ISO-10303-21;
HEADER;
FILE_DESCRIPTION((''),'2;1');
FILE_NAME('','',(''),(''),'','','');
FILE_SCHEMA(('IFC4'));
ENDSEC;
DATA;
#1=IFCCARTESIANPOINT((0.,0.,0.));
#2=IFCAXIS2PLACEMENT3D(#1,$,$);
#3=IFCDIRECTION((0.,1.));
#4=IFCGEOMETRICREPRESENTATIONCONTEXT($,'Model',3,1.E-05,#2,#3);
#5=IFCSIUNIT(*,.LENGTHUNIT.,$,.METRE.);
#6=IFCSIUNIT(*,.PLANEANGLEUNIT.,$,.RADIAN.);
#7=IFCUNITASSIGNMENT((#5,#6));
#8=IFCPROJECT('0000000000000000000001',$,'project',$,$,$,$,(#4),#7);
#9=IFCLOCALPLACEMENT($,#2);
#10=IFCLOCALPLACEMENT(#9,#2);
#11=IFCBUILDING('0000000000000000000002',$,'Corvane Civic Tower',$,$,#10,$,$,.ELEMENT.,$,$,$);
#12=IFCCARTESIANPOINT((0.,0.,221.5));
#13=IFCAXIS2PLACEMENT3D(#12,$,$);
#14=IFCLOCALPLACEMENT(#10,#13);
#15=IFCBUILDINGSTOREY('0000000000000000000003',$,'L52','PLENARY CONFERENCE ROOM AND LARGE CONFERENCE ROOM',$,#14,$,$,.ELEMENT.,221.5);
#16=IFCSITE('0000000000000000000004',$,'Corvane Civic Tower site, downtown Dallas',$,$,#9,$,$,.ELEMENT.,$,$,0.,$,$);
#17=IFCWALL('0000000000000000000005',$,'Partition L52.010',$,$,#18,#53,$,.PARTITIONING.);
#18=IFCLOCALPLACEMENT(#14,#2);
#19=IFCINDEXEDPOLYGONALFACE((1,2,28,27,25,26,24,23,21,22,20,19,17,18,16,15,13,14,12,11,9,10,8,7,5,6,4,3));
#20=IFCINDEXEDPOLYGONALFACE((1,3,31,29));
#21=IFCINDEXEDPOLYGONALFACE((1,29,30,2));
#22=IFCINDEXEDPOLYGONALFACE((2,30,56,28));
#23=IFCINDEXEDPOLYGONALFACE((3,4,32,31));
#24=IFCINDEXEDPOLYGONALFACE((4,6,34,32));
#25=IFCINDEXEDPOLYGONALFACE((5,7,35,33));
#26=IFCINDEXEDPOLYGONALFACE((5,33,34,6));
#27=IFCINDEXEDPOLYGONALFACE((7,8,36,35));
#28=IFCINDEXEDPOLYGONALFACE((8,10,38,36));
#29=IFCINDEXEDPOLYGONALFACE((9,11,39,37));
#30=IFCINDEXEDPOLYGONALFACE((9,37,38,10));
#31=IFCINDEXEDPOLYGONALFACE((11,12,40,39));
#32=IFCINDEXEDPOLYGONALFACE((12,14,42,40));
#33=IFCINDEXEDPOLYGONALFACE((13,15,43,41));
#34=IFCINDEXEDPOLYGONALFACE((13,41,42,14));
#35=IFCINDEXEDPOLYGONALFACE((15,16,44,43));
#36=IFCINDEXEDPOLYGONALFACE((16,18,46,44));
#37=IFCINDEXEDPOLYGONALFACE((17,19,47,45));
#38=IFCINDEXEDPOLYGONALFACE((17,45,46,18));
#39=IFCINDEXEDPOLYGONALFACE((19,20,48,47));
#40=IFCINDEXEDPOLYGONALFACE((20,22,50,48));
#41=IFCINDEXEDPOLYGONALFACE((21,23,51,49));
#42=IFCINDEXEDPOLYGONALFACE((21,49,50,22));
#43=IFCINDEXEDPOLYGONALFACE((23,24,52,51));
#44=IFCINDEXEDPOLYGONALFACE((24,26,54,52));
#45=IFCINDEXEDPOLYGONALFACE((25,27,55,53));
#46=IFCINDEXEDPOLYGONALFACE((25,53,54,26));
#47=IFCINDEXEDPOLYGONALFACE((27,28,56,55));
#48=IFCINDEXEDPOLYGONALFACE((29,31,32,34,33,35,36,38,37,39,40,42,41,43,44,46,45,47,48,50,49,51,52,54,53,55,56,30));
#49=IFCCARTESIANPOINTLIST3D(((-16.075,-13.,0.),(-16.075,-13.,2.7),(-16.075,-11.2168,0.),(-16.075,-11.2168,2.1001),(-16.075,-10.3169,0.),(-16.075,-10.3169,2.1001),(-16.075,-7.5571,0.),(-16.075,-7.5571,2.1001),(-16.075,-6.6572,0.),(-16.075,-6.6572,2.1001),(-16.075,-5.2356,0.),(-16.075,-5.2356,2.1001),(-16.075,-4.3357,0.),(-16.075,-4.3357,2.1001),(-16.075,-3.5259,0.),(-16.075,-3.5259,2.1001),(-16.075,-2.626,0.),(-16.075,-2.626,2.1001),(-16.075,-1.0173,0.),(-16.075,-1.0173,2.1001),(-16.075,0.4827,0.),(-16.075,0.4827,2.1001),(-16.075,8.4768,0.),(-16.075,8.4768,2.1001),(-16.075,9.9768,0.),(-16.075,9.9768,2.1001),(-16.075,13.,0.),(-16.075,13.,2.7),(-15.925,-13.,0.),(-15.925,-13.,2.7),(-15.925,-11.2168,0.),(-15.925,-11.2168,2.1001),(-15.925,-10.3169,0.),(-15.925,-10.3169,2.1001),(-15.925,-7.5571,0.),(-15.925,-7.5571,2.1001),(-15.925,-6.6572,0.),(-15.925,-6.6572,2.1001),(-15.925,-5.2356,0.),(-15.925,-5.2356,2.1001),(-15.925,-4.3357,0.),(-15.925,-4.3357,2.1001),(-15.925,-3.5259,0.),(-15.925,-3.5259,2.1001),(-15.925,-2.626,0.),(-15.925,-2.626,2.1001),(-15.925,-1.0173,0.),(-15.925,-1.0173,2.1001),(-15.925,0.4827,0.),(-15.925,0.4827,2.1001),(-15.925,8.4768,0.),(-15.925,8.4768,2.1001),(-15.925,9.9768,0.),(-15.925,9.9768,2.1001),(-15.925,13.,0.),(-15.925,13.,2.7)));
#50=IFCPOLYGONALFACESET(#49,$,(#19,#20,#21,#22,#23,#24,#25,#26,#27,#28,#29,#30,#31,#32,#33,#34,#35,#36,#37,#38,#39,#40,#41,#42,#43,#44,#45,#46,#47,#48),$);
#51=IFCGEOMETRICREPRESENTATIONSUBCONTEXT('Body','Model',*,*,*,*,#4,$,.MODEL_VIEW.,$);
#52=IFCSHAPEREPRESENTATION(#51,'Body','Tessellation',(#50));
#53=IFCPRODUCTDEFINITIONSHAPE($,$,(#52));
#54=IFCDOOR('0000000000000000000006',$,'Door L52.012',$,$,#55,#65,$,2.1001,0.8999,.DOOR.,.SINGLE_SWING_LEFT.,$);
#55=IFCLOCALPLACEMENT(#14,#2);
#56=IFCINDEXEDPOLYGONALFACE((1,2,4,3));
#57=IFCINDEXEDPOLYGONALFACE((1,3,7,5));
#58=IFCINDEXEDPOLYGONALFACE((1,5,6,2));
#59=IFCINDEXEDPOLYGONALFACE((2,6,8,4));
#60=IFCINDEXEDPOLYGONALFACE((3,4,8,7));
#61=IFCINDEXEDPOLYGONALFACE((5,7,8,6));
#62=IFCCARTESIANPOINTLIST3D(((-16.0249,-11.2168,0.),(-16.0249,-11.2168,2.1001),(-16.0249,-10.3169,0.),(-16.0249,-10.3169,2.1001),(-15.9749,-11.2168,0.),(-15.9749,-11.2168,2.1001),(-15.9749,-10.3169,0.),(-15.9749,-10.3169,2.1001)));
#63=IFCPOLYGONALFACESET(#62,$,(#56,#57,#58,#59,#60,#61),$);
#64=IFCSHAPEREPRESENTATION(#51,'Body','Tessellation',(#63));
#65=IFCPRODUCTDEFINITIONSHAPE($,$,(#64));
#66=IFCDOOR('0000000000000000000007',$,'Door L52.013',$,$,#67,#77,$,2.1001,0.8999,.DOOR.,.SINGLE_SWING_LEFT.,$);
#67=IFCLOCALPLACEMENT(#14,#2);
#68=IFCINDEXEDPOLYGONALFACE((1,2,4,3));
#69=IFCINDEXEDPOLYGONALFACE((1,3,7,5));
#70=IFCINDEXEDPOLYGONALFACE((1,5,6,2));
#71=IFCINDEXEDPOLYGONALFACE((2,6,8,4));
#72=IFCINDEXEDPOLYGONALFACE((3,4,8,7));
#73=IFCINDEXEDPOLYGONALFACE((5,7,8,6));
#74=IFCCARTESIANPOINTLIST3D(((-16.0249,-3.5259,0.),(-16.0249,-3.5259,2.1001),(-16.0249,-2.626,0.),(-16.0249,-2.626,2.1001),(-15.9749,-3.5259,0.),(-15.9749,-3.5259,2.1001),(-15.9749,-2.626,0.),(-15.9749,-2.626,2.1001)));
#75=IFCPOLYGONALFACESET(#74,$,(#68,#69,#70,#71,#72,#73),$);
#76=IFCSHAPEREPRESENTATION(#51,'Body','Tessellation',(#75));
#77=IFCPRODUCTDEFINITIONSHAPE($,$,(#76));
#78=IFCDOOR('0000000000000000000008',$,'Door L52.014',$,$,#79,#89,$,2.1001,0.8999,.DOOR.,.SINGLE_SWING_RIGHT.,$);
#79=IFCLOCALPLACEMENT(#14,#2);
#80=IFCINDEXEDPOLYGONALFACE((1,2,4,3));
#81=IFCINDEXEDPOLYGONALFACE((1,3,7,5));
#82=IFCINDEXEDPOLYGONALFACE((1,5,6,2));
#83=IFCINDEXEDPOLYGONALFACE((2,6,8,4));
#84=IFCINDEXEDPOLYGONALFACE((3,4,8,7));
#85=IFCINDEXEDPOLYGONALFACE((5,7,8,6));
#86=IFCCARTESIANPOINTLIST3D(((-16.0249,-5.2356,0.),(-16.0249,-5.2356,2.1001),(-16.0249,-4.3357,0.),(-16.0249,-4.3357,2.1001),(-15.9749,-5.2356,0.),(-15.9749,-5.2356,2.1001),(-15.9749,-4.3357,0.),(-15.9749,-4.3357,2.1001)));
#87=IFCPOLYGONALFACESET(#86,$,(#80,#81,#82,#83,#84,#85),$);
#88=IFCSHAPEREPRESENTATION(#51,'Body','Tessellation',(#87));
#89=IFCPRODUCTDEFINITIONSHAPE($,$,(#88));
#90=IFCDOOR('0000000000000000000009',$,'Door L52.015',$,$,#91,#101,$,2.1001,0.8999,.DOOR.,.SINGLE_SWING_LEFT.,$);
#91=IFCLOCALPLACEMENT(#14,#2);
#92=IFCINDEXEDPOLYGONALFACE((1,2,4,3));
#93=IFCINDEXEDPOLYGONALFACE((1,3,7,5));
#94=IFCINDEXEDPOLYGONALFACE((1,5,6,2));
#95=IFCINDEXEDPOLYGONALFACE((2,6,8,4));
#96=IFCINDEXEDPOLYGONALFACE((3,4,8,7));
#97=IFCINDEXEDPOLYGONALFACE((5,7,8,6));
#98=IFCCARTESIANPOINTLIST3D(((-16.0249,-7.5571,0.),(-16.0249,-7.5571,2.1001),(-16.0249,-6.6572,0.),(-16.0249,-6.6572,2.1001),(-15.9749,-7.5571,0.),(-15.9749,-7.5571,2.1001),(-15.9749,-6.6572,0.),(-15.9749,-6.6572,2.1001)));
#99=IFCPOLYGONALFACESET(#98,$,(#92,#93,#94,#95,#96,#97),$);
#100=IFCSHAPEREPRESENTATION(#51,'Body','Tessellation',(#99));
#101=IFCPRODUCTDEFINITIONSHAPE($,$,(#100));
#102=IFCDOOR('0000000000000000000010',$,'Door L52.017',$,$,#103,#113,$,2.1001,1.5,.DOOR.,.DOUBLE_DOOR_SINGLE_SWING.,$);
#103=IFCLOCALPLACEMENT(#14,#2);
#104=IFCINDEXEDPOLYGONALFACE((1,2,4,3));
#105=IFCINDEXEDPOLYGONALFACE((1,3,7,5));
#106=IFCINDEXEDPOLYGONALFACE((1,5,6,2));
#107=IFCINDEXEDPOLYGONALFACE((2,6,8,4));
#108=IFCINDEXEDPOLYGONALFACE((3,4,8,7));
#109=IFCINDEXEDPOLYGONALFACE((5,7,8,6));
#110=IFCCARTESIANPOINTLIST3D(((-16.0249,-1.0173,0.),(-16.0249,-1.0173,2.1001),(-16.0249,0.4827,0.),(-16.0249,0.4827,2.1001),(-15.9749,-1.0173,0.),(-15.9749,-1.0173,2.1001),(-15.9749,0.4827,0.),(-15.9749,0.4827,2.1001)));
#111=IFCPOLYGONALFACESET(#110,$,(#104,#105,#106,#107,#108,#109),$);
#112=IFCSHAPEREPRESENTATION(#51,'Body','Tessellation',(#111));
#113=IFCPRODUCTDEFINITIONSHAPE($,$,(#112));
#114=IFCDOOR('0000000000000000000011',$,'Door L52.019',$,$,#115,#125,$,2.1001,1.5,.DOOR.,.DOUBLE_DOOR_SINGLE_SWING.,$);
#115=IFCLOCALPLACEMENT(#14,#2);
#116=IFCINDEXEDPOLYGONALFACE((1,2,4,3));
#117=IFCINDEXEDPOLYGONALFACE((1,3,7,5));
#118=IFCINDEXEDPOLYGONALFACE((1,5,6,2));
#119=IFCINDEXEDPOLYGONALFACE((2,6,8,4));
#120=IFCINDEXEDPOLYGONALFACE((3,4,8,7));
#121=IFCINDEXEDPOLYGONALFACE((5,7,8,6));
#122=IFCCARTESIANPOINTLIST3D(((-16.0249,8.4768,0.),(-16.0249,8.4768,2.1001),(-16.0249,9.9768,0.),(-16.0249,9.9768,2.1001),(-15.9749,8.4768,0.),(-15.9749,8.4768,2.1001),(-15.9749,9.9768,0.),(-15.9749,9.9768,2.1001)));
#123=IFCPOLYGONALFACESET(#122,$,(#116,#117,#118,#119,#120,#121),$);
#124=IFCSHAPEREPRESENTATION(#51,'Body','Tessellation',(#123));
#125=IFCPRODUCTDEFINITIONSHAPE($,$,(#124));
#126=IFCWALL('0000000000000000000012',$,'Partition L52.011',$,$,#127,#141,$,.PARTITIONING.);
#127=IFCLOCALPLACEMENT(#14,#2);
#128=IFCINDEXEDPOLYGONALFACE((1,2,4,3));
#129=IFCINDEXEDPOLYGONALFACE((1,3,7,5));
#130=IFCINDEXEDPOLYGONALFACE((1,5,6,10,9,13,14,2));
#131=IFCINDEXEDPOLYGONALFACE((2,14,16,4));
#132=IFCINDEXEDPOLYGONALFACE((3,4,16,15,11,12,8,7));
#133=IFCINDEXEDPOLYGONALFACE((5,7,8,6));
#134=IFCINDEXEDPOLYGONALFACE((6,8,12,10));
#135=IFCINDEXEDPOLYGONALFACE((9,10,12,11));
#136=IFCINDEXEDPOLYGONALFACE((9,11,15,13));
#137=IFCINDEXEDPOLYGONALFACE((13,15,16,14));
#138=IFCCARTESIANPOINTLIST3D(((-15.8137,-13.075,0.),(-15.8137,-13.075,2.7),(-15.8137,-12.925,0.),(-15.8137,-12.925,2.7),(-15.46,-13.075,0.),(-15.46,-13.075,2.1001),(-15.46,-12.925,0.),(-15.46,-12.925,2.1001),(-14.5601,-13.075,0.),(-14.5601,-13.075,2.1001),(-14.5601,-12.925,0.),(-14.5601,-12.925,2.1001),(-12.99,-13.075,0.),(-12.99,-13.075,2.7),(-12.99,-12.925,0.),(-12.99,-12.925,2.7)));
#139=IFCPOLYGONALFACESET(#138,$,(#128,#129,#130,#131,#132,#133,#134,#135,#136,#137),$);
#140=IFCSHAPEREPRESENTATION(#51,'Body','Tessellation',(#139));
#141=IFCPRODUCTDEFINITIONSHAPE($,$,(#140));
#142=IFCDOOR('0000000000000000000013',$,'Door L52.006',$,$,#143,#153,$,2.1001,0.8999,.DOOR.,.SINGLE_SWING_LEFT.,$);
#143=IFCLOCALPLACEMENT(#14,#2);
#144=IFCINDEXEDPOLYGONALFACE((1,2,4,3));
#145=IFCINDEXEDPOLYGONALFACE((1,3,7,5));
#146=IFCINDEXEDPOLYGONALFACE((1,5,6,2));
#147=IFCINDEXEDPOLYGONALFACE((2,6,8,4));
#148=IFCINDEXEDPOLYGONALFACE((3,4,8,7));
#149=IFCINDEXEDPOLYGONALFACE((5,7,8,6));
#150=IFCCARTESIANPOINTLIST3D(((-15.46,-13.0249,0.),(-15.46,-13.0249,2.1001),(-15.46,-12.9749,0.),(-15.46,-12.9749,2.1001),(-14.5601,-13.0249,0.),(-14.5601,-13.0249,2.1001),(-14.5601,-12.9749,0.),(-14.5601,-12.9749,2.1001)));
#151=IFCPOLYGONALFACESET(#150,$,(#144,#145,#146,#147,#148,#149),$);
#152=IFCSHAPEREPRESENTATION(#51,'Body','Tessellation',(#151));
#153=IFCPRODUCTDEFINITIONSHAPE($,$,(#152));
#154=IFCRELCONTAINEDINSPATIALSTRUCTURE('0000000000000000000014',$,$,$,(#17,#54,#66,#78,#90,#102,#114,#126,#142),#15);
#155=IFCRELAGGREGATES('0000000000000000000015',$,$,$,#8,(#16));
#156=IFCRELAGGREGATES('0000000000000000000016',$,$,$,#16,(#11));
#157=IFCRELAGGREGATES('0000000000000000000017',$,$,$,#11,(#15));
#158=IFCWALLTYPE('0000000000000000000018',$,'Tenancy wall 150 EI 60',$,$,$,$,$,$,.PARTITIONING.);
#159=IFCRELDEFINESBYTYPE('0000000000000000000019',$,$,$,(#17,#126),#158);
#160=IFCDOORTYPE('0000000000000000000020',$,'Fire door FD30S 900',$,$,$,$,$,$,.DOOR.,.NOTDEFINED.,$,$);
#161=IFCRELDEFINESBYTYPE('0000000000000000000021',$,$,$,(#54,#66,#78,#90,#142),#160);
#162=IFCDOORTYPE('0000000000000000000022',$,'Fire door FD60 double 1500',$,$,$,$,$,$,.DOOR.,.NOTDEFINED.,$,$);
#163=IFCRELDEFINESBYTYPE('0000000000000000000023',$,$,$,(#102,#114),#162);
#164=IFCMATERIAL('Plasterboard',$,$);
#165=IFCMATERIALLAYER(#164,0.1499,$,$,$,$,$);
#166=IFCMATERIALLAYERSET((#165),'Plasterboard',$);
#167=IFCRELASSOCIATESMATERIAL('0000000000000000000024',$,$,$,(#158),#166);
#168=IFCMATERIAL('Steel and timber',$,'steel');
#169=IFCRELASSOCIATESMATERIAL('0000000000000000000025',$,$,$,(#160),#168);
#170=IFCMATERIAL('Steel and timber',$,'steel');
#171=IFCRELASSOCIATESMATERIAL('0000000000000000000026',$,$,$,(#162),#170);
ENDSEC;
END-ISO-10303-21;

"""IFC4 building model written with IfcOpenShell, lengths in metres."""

from ifc_helpers import new_model, si_unit, direction, frame, frame_2d, origin, place, context, subcontext, project, spatial, rectangle, extrude, material, layer, layer_set, type_object, element, fill, save


model = new_model("IFC4")

# Units and contexts
model_context = context("Model", 3, precision=1e-05, world=origin(), true_north=direction((0.0, 1.0)))
body_context = subcontext(model_context, "Body", "Model", "MODEL_VIEW")
ifc_project = project(units=[si_unit("LENGTHUNIT", "METRE"), si_unit("PLANEANGLEUNIT", "RADIAN")], contexts=[model_context])

# Site, building, storey
site_placement = place(None, origin())
site = spatial("IfcSite", under=ifc_project, at=site_placement, Name="Corvane Civic Tower site, downtown Dallas", CompositionType="ELEMENT", RefElevation=0.0)
building_placement = place(site_placement, origin())
building = spatial("IfcBuilding", under=site, at=building_placement, Name="Corvane Civic Tower", CompositionType="ELEMENT")
storey_placement = place(building_placement, frame((0.0, 0.0, 221.5)))
storey = spatial("IfcBuildingStorey", under=building, at=storey_placement, Name="L52", Description="PLENARY CONFERENCE ROOM AND LARGE CONFERENCE ROOM", CompositionType="ELEMENT", Elevation=221.5)

# Wall, openings, doors
ifc_material_1 = material(Name="Plasterboard")
ifc_layer_1 = layer(ifc_material_1, 0.1499)
ifc_layer_set_1 = layer_set([ifc_layer_1], Name="Plasterboard")
wall_type_1 = type_object("IfcWallType", Name="Tenancy wall 150 EI 60", PredefinedType="PARTITIONING", material=ifc_layer_set_1)
wall_1_placement = place(storey_placement, frame((-16.0, -13.0, 0.0), z_axis=(0.0, 0.0, 1.0), x_axis=(0.0, 1.0, 0.0)))
wall_1 = element("IfcWall", 1, at=wall_1_placement, inside=storey, type_object=wall_type_1, Name="Partition L52.010", PredefinedType="PARTITIONING", context=body_context, shape_type="SweptSolid", body=[
    extrude(rectangle(XDim=26.0, YDim=0.1499, at=frame_2d((13.0, 0.0))), origin(), (0.0, 0.0, 1.0), 2.7),
])
opening_1_placement = place(wall_1_placement, frame((1.7832, 0.0, 0.0)))
opening_1 = element("IfcOpeningElement", 2, at=opening_1_placement, cuts=wall_1, PredefinedType="OPENING", context=body_context, shape_type="SweptSolid", body=[
    extrude(rectangle(XDim=0.8999, YDim=2.1001, at=frame_2d((0.45, 1.05))), frame((0.0, 0.085, 0.0), z_axis=(0.0, -1.0, 0.0), x_axis=(1.0, 0.0, 0.0)), (0.0, 0.0, 1.0), 0.1699),
])
opening_2_placement = place(wall_1_placement, frame((9.4741, 0.0, 0.0)))
opening_2 = element("IfcOpeningElement", 3, at=opening_2_placement, cuts=wall_1, PredefinedType="OPENING", context=body_context, shape_type="SweptSolid", body=[
    extrude(rectangle(XDim=0.8999, YDim=2.1001, at=frame_2d((0.45, 1.05))), frame((0.0, 0.085, 0.0), z_axis=(0.0, -1.0, 0.0), x_axis=(1.0, 0.0, 0.0)), (0.0, 0.0, 1.0), 0.1699),
])
opening_3_placement = place(wall_1_placement, frame((7.7644, 0.0, 0.0)))
opening_3 = element("IfcOpeningElement", 4, at=opening_3_placement, cuts=wall_1, PredefinedType="OPENING", context=body_context, shape_type="SweptSolid", body=[
    extrude(rectangle(XDim=0.8999, YDim=2.1001, at=frame_2d((0.45, 1.05))), frame((0.0, 0.085, 0.0), z_axis=(0.0, -1.0, 0.0), x_axis=(1.0, 0.0, 0.0)), (0.0, 0.0, 1.0), 0.1699),
])
opening_4_placement = place(wall_1_placement, frame((5.4429, 0.0, 0.0)))
opening_4 = element("IfcOpeningElement", 5, at=opening_4_placement, cuts=wall_1, PredefinedType="OPENING", context=body_context, shape_type="SweptSolid", body=[
    extrude(rectangle(XDim=0.8999, YDim=2.1001, at=frame_2d((0.45, 1.05))), frame((0.0, 0.085, 0.0), z_axis=(0.0, -1.0, 0.0), x_axis=(1.0, 0.0, 0.0)), (0.0, 0.0, 1.0), 0.1699),
])
opening_5_placement = place(wall_1_placement, frame((11.9827, 0.0, 0.0)))
opening_5 = element("IfcOpeningElement", 6, at=opening_5_placement, cuts=wall_1, PredefinedType="OPENING", context=body_context, shape_type="SweptSolid", body=[
    extrude(rectangle(XDim=1.5, YDim=2.1001, at=frame_2d((0.75, 1.05))), frame((0.0, 0.085, 0.0), z_axis=(0.0, -1.0, 0.0), x_axis=(1.0, 0.0, 0.0)), (0.0, 0.0, 1.0), 0.1699),
])
opening_6_placement = place(wall_1_placement, frame((21.4768, 0.0, 0.0)))
opening_6 = element("IfcOpeningElement", 7, at=opening_6_placement, cuts=wall_1, PredefinedType="OPENING", context=body_context, shape_type="SweptSolid", body=[
    extrude(rectangle(XDim=1.5, YDim=2.1001, at=frame_2d((0.75, 1.05))), frame((0.0, 0.085, 0.0), z_axis=(0.0, -1.0, 0.0), x_axis=(1.0, 0.0, 0.0)), (0.0, 0.0, 1.0), 0.1699),
])
ifc_material_2 = material(Name="Steel and timber", Category="steel")
door_type_1 = type_object("IfcDoorType", Name="Fire door FD30S 900", OperationType="NOTDEFINED", PredefinedType="DOOR", material=ifc_material_2)
door_1_placement = place(opening_1_placement, origin())
door_1 = element("IfcDoor", 8, at=door_1_placement, inside=storey, type_object=door_type_1, Name="Door L52.012", OperationType="SINGLE_SWING_LEFT", OverallHeight=2.1001, OverallWidth=0.8999, PredefinedType="DOOR", context=body_context, shape_type="SweptSolid", body=[
    extrude(rectangle(XDim=0.8999, YDim=2.1001, at=frame_2d((0.45, 1.05))), frame((0.0, 0.0249, 0.0), z_axis=(0.0, -1.0, 0.0), x_axis=(1.0, 0.0, 0.0)), (0.0, 0.0, 1.0), 0.05),
])
fill(opening_1, door_1)
door_2_placement = place(opening_2_placement, origin())
door_2 = element("IfcDoor", 9, at=door_2_placement, inside=storey, type_object=door_type_1, Name="Door L52.013", OperationType="SINGLE_SWING_LEFT", OverallHeight=2.1001, OverallWidth=0.8999, PredefinedType="DOOR", context=body_context, shape_type="SweptSolid", body=[
    extrude(rectangle(XDim=0.8999, YDim=2.1001, at=frame_2d((0.45, 1.05))), frame((0.0, 0.0249, 0.0), z_axis=(0.0, -1.0, 0.0), x_axis=(1.0, 0.0, 0.0)), (0.0, 0.0, 1.0), 0.05),
])
fill(opening_2, door_2)
door_3_placement = place(opening_3_placement, origin())
door_3 = element("IfcDoor", 10, at=door_3_placement, inside=storey, type_object=door_type_1, Name="Door L52.014", OperationType="SINGLE_SWING_RIGHT", OverallHeight=2.1001, OverallWidth=0.8999, PredefinedType="DOOR", context=body_context, shape_type="SweptSolid", body=[
    extrude(rectangle(XDim=0.8999, YDim=2.1001, at=frame_2d((0.45, 1.05))), frame((0.0, 0.0249, 0.0), z_axis=(0.0, -1.0, 0.0), x_axis=(1.0, 0.0, 0.0)), (0.0, 0.0, 1.0), 0.05),
])
fill(opening_3, door_3)
door_4_placement = place(opening_4_placement, origin())
door_4 = element("IfcDoor", 11, at=door_4_placement, inside=storey, type_object=door_type_1, Name="Door L52.015", OperationType="SINGLE_SWING_LEFT", OverallHeight=2.1001, OverallWidth=0.8999, PredefinedType="DOOR", context=body_context, shape_type="SweptSolid", body=[
    extrude(rectangle(XDim=0.8999, YDim=2.1001, at=frame_2d((0.45, 1.05))), frame((0.0, 0.0249, 0.0), z_axis=(0.0, -1.0, 0.0), x_axis=(1.0, 0.0, 0.0)), (0.0, 0.0, 1.0), 0.05),
])
fill(opening_4, door_4)
ifc_material_3 = material(Name="Steel and timber", Category="steel")
door_type_2 = type_object("IfcDoorType", Name="Fire door FD60 double 1500", OperationType="NOTDEFINED", PredefinedType="DOOR", material=ifc_material_3)
door_5_placement = place(opening_5_placement, origin())
door_5 = element("IfcDoor", 12, at=door_5_placement, inside=storey, type_object=door_type_2, Name="Door L52.017", OperationType="DOUBLE_DOOR_SINGLE_SWING", OverallHeight=2.1001, OverallWidth=1.5, PredefinedType="DOOR", context=body_context, shape_type="SweptSolid", body=[
    extrude(rectangle(XDim=1.5, YDim=2.1001, at=frame_2d((0.75, 1.05))), frame((0.0, 0.0249, 0.0), z_axis=(0.0, -1.0, 0.0), x_axis=(1.0, 0.0, 0.0)), (0.0, 0.0, 1.0), 0.05),
])
fill(opening_5, door_5)
door_6_placement = place(opening_6_placement, origin())
door_6 = element("IfcDoor", 13, at=door_6_placement, inside=storey, type_object=door_type_2, Name="Door L52.019", OperationType="DOUBLE_DOOR_SINGLE_SWING", OverallHeight=2.1001, OverallWidth=1.5, PredefinedType="DOOR", context=body_context, shape_type="SweptSolid", body=[
    extrude(rectangle(XDim=1.5, YDim=2.1001, at=frame_2d((0.75, 1.05))), frame((0.0, 0.0249, 0.0), z_axis=(0.0, -1.0, 0.0), x_axis=(1.0, 0.0, 0.0)), (0.0, 0.0, 1.0), 0.05),
])
fill(opening_6, door_6)

# Wall, opening, door
wall_2_placement = place(storey_placement, frame((-15.8137, -13.0, 0.0), z_axis=(0.0, 0.0, 1.0), x_axis=(1.0, 0.0, 0.0)))
wall_2 = element("IfcWall", 14, at=wall_2_placement, inside=storey, type_object=wall_type_1, Name="Partition L52.011", PredefinedType="PARTITIONING", context=body_context, shape_type="SweptSolid", body=[
    extrude(rectangle(XDim=2.8237, YDim=0.1499, at=frame_2d((1.4119, 0.0))), origin(), (0.0, 0.0, 1.0), 2.7),
])
opening_7_placement = place(wall_2_placement, frame((0.3538, 0.0, 0.0)))
opening_7 = element("IfcOpeningElement", 15, at=opening_7_placement, cuts=wall_2, PredefinedType="OPENING", context=body_context, shape_type="SweptSolid", body=[
    extrude(rectangle(XDim=0.8999, YDim=2.1001, at=frame_2d((0.45, 1.05))), frame((0.0, 0.085, 0.0), z_axis=(0.0, -1.0, 0.0), x_axis=(1.0, 0.0, 0.0)), (0.0, 0.0, 1.0), 0.1699),
])
door_7_placement = place(opening_7_placement, frame((0.8999, 0.0, 0.0), z_axis=(0.0, 0.0, 1.0), x_axis=(-1.0, 0.0, 0.0)))
door_7 = element("IfcDoor", 16, at=door_7_placement, inside=storey, type_object=door_type_1, Name="Door L52.006", OperationType="SINGLE_SWING_LEFT", OverallHeight=2.1001, OverallWidth=0.8999, PredefinedType="DOOR", context=body_context, shape_type="SweptSolid", body=[
    extrude(rectangle(XDim=0.8999, YDim=2.1001, at=frame_2d((0.45, 1.05))), frame((0.0, 0.0249, 0.0), z_axis=(0.0, -1.0, 0.0), x_axis=(1.0, 0.0, 0.0)), (0.0, 0.0, 1.0), 0.05),
])
fill(opening_7, door_7)

save(model, "model.ifc")
